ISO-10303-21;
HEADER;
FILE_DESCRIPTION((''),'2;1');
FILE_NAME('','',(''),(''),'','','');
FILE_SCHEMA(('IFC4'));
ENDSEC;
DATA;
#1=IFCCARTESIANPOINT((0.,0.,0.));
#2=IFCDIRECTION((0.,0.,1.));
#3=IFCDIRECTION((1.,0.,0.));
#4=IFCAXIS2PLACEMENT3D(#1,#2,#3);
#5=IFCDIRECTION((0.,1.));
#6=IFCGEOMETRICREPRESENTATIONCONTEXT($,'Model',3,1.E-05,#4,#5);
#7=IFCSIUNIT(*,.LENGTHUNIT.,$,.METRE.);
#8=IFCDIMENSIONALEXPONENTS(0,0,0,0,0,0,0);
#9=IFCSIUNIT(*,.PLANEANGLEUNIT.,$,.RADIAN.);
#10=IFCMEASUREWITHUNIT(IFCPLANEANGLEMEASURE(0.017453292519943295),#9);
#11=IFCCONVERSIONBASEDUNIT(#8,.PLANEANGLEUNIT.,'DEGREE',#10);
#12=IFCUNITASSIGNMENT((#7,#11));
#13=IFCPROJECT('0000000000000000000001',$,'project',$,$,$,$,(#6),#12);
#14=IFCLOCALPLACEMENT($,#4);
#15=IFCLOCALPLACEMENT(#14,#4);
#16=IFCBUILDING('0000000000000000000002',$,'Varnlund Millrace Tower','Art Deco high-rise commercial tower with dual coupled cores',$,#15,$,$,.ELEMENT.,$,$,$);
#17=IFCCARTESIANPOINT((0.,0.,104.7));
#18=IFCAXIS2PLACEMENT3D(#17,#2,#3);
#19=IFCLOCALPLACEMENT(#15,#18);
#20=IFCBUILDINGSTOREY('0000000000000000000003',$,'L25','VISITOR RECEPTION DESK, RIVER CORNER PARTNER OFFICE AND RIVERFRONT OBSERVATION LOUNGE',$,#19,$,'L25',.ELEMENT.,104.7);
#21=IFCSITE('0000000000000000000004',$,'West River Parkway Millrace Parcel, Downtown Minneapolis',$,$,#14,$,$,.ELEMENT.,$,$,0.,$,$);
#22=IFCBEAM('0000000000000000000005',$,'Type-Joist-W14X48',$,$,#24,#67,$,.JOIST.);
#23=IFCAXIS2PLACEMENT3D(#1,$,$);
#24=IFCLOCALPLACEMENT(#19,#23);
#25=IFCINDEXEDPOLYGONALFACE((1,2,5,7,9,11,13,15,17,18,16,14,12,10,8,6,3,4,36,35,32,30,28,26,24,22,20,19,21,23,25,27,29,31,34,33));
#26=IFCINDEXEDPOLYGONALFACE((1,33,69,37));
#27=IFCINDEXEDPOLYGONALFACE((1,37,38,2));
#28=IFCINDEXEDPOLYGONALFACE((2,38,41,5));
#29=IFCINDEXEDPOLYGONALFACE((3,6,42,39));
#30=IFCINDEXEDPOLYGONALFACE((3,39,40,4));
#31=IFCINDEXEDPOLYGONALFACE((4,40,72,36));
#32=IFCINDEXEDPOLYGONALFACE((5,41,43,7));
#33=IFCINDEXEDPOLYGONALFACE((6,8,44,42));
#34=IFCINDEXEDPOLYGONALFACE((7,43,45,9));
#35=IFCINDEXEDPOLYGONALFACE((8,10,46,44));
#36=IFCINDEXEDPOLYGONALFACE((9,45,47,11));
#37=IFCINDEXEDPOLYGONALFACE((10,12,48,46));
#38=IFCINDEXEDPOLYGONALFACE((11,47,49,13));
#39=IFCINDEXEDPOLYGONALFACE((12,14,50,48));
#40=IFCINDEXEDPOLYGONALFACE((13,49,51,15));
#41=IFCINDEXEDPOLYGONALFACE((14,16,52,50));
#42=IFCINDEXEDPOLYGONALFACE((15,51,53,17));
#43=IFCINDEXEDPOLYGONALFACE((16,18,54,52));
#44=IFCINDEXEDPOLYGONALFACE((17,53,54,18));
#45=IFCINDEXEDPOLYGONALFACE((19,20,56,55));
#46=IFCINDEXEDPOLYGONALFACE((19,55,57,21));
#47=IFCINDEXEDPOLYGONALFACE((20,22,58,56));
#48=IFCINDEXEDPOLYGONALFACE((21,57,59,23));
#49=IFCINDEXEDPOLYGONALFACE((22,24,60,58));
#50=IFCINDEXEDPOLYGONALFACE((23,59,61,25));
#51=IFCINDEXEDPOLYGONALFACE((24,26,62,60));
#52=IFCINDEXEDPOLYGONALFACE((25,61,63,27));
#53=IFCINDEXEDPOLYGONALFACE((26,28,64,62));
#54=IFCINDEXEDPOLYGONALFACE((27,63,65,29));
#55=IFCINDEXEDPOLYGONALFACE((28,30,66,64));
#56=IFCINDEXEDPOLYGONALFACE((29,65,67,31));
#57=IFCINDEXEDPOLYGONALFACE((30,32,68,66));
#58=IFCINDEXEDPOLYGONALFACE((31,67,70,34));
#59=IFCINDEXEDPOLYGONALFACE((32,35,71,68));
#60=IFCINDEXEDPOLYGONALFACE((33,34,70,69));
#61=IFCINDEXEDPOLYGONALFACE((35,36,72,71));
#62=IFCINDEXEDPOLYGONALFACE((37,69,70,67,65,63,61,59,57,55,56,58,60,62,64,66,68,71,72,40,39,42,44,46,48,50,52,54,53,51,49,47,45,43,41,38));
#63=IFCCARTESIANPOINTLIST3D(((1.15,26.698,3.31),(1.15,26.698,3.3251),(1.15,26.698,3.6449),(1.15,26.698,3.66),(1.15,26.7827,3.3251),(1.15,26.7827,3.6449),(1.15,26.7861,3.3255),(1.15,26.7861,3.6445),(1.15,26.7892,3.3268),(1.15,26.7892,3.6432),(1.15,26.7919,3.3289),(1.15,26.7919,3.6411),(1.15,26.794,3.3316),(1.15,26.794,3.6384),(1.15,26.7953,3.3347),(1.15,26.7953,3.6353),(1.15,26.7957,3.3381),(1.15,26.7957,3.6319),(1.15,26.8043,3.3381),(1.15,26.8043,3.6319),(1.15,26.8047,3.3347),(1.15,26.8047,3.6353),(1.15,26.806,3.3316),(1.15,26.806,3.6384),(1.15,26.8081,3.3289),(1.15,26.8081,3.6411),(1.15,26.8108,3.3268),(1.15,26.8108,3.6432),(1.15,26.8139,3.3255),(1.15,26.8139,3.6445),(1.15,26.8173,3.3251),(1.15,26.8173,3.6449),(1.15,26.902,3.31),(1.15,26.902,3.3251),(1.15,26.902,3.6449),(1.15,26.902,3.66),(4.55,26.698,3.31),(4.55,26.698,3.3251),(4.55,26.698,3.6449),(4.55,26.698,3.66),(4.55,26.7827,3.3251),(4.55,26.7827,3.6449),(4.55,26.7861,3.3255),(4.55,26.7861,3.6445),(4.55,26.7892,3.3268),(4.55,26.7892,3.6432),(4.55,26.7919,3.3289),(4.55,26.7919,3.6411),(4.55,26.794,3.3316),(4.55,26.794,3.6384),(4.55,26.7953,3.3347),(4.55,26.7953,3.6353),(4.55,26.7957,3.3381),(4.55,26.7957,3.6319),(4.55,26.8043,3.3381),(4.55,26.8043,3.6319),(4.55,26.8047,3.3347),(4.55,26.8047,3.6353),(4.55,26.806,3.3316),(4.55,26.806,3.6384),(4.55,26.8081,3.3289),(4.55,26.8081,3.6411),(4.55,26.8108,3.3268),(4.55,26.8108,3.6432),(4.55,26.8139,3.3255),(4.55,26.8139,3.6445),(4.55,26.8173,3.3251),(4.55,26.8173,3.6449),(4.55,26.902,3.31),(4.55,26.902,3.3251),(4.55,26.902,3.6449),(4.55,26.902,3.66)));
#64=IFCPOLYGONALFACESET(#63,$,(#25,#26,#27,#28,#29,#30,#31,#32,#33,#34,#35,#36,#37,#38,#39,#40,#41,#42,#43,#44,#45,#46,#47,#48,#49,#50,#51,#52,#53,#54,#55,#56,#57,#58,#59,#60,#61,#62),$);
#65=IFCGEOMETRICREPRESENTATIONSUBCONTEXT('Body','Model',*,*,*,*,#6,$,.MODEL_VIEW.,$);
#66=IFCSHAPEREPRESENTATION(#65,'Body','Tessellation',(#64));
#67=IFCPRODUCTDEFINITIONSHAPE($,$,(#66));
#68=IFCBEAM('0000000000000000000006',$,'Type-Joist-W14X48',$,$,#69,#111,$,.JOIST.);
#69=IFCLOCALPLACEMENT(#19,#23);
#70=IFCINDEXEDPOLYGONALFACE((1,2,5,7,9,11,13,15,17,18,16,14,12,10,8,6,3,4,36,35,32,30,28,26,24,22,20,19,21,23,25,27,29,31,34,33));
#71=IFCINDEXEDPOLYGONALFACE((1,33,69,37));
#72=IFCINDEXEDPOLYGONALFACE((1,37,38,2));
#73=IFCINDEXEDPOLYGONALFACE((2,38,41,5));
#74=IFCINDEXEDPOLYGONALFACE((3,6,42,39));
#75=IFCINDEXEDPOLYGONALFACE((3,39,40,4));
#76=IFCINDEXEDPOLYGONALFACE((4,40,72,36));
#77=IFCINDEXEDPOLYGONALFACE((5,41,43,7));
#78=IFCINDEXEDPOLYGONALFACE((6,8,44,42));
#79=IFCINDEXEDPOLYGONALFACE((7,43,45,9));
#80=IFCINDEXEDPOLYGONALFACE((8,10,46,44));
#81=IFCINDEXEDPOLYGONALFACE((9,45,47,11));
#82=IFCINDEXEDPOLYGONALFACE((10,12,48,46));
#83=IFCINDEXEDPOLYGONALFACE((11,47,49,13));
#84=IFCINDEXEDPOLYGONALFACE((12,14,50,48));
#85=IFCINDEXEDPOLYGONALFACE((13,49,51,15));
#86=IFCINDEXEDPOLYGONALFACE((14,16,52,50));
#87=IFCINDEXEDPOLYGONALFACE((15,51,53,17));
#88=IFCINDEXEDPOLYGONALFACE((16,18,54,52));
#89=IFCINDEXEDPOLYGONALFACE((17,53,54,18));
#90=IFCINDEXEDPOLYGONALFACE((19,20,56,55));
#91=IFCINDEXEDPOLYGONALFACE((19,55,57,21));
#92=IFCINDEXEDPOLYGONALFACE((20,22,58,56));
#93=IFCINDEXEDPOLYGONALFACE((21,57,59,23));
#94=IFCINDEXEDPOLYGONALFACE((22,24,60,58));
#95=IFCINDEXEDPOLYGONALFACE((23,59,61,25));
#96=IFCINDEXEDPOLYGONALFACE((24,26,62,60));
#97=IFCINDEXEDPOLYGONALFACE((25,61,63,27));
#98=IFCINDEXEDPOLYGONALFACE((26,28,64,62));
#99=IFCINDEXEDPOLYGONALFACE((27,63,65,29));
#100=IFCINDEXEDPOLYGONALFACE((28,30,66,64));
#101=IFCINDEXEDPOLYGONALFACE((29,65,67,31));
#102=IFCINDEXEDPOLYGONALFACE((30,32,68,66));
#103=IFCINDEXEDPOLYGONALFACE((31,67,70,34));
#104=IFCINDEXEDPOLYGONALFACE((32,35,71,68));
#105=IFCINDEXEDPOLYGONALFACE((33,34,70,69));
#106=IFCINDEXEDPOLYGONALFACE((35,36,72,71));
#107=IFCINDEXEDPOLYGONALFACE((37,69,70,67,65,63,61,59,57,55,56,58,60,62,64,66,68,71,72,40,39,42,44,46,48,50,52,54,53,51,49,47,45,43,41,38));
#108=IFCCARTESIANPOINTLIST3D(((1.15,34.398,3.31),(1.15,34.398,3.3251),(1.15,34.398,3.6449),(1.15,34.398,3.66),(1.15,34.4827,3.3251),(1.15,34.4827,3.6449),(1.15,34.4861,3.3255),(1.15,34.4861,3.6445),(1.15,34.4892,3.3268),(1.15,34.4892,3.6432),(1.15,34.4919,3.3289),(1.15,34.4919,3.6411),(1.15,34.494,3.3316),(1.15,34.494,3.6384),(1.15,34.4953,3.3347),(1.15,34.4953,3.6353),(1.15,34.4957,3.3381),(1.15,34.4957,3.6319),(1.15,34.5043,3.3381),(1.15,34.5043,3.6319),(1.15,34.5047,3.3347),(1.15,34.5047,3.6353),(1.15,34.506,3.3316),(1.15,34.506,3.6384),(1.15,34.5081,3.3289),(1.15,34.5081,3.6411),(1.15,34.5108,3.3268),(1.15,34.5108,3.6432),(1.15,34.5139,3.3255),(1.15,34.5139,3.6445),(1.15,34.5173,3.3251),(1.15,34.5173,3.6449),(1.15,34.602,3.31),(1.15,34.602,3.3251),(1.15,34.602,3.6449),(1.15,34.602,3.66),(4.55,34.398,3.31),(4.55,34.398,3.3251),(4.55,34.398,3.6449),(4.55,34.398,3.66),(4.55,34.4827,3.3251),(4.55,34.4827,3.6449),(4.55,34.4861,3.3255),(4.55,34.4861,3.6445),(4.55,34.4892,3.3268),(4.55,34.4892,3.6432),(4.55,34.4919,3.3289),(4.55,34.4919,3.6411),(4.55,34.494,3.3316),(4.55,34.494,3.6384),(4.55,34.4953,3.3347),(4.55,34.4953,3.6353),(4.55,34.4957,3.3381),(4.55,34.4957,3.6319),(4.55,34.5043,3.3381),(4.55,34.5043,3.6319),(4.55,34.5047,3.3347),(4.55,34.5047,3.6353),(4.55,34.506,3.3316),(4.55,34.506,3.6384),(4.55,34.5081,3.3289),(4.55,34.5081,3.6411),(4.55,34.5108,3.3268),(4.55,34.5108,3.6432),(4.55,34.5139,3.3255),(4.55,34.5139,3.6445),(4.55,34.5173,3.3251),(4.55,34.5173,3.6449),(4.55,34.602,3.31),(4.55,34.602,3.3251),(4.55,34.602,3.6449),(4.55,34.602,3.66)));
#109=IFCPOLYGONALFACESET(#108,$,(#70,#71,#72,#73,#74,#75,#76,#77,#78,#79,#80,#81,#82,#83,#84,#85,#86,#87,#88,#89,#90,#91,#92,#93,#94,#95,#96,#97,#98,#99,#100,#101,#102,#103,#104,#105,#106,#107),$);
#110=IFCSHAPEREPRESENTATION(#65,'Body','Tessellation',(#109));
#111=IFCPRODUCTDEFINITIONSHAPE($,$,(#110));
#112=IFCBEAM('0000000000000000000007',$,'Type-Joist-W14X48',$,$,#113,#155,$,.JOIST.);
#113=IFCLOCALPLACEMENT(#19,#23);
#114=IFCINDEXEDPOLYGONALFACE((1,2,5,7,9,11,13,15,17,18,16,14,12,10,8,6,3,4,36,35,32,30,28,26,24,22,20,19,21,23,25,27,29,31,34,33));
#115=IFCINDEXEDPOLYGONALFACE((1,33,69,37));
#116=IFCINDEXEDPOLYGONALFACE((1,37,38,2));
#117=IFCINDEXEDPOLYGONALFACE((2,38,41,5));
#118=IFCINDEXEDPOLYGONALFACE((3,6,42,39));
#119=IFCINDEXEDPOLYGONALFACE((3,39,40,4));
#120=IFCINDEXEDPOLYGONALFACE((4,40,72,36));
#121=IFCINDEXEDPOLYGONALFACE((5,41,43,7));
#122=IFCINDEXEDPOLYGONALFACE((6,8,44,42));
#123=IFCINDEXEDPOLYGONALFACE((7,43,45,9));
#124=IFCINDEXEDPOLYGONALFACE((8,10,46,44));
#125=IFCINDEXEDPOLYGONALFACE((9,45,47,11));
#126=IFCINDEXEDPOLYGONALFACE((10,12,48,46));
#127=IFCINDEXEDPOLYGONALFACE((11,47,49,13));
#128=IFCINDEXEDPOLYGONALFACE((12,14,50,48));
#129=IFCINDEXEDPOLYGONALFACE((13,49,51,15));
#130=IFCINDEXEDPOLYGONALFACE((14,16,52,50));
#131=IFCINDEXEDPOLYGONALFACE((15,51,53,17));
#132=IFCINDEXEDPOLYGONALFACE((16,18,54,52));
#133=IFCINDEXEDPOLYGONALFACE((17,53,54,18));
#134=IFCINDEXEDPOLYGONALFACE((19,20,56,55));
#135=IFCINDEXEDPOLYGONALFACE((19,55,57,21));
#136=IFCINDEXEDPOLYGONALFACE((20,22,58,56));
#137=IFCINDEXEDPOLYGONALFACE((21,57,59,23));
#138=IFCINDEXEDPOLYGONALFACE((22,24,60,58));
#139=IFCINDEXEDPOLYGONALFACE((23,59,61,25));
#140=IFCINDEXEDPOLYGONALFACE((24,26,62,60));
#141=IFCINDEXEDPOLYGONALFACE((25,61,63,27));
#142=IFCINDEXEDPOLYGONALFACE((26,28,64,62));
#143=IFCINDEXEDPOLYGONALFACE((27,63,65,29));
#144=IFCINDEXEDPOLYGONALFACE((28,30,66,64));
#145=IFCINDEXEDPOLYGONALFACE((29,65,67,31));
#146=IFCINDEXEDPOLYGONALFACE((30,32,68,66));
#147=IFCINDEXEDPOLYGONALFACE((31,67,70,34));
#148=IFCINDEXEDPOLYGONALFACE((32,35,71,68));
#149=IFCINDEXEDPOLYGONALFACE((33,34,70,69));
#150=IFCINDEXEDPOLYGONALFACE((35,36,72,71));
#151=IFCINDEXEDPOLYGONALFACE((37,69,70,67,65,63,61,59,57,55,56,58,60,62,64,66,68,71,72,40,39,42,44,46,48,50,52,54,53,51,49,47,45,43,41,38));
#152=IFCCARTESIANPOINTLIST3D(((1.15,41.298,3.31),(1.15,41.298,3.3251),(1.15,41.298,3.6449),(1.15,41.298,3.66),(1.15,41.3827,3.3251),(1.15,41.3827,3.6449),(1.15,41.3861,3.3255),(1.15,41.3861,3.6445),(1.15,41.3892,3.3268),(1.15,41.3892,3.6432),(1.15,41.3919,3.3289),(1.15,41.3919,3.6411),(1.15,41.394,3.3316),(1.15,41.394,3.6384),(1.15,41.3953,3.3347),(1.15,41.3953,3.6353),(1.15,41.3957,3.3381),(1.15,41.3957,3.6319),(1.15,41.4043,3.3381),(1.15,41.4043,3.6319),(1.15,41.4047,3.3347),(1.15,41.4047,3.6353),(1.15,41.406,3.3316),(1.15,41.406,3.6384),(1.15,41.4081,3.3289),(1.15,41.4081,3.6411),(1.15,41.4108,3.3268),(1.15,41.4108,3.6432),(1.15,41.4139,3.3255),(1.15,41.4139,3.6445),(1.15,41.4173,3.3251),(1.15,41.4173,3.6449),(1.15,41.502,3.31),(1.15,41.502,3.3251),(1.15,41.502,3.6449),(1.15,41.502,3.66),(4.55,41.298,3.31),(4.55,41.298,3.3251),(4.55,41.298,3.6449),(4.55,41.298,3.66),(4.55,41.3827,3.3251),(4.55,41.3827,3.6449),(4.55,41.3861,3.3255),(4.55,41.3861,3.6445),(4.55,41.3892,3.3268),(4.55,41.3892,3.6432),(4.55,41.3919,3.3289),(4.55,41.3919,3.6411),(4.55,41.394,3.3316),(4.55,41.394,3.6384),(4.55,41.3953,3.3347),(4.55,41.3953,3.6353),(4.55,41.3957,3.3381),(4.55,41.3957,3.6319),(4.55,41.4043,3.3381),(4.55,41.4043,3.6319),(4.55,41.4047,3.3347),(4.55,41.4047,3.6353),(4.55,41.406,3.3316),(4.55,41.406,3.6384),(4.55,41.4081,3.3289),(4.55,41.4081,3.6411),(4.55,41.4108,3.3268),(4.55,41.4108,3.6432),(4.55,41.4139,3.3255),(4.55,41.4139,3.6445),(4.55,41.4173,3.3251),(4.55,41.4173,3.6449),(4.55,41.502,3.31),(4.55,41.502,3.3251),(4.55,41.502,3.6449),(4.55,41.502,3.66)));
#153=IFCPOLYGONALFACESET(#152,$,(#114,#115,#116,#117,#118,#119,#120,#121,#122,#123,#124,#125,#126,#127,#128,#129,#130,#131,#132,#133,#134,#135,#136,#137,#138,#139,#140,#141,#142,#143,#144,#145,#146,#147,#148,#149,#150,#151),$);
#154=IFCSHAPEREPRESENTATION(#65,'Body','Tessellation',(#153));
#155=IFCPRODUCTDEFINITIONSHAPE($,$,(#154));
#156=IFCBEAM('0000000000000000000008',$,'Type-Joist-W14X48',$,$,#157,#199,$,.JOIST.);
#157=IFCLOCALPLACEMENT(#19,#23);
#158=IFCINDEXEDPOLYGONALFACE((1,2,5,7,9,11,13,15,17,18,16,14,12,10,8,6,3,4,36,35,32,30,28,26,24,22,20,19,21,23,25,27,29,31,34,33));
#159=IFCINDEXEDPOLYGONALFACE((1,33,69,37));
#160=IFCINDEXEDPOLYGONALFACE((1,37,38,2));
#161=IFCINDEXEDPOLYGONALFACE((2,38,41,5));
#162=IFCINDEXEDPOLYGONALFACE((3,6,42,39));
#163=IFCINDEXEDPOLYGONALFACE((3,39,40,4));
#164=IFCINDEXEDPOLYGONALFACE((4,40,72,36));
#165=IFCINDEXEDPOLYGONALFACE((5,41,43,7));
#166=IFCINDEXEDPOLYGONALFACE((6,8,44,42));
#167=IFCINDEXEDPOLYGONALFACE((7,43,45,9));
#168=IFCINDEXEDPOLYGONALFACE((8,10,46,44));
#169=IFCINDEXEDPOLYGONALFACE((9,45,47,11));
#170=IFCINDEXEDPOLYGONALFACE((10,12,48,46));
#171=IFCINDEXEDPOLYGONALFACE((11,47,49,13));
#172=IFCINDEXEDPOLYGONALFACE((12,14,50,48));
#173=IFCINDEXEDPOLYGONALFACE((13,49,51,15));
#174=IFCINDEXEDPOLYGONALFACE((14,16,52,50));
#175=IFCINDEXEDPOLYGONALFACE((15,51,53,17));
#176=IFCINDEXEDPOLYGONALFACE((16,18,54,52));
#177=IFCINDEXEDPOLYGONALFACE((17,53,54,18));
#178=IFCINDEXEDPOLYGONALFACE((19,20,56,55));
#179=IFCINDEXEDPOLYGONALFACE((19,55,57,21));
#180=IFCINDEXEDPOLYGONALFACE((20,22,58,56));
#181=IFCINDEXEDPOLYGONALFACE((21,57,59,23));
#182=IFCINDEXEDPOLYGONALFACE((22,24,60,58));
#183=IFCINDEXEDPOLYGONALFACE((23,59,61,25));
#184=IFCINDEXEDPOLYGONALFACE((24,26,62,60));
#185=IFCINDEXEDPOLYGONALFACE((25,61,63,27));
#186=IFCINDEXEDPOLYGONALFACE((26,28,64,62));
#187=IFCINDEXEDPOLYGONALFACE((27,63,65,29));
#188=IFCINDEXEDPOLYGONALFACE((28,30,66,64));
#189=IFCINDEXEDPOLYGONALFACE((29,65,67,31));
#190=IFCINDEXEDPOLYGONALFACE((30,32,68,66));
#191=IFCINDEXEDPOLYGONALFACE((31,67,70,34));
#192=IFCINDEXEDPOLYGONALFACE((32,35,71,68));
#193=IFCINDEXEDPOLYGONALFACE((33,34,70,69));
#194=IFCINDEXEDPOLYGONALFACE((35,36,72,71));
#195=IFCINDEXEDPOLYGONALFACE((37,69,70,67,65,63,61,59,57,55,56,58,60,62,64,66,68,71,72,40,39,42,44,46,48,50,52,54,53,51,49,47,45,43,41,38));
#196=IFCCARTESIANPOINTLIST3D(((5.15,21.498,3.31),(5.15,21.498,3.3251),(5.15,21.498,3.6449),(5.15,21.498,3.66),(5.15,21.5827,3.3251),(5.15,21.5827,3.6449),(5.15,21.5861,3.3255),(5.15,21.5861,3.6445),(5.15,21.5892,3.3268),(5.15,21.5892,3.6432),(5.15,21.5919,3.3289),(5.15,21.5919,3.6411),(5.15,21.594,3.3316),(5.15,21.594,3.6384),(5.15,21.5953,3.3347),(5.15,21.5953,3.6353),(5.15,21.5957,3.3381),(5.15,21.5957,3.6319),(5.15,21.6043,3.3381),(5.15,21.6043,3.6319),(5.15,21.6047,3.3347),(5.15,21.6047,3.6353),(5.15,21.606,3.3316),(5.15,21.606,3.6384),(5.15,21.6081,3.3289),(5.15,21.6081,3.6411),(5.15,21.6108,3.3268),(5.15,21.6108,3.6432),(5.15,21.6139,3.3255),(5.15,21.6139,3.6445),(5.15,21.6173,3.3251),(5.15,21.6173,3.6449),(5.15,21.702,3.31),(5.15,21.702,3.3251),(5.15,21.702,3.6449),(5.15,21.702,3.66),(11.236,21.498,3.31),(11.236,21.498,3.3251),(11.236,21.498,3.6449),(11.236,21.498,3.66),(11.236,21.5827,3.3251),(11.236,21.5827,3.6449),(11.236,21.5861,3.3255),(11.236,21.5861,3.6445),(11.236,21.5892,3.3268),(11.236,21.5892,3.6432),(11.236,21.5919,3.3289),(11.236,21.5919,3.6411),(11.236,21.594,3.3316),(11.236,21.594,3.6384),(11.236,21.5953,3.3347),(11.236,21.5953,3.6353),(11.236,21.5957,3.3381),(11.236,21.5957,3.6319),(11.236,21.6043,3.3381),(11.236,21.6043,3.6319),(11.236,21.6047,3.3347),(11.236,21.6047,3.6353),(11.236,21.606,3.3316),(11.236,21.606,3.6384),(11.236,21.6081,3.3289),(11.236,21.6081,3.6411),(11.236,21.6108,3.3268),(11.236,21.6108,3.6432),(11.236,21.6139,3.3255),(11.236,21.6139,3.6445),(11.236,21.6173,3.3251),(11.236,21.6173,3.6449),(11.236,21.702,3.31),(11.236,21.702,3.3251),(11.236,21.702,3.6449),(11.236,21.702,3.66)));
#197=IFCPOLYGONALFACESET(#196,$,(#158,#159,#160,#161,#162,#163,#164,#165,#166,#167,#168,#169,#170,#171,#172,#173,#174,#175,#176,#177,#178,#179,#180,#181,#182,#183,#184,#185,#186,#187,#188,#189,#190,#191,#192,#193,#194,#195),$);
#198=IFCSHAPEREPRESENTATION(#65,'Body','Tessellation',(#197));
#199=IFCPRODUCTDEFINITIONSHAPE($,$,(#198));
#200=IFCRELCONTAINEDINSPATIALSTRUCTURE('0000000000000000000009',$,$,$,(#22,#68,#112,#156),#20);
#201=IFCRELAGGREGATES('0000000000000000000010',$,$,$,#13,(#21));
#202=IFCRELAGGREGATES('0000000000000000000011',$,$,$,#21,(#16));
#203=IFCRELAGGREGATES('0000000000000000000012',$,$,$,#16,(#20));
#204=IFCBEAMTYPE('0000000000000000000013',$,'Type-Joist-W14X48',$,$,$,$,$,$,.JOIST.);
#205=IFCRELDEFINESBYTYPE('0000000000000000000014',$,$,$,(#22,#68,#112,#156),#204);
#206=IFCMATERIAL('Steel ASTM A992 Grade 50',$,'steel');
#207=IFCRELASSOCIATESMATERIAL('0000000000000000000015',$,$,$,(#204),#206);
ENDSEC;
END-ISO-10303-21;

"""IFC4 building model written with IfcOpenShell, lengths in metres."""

from ifc_helpers import new_model, entity, si_unit, converted_unit, direction, frame, origin_with_axes, origin_2d_with_axis, place, context, subcontext, project, spatial, i_section, extrude, material, material_profile, profile_set, type_object, element, save


model = new_model("IFC4")

# Units and contexts
model_context = context("Model", 3, precision=1e-05, world=origin_with_axes(), true_north=direction((0.0, 1.0)))
body_context = subcontext(model_context, "Body", "Model", "MODEL_VIEW")
ifc_project = project(units=[si_unit("LENGTHUNIT", "METRE"), converted_unit("PLANEANGLEUNIT", "DEGREE", entity("IfcPlaneAngleMeasure", 0.017453292519943295), si_unit("PLANEANGLEUNIT", "RADIAN"), dimensions=[0, 0, 0, 0, 0, 0, 0])], contexts=[model_context])

# Site, building, storey
site_placement = place(None, origin_with_axes())
site = spatial("IfcSite", under=ifc_project, at=site_placement, Name="West River Parkway Millrace Parcel, Downtown Minneapolis", CompositionType="ELEMENT", RefElevation=0.0)
building_placement = place(site_placement, origin_with_axes())
building = spatial("IfcBuilding", under=site, at=building_placement, Name="Varnlund Millrace Tower", Description="Art Deco high-rise commercial tower with dual coupled cores", CompositionType="ELEMENT")
storey_placement = place(building_placement, frame((0.0, 0.0, 104.7), z_axis=(0.0, 0.0, 1.0), x_axis=(1.0, 0.0, 0.0)))
storey = spatial("IfcBuildingStorey", under=building, at=storey_placement, Name="L25", Description="VISITOR RECEPTION DESK, RIVER CORNER PARTNER OFFICE AND RIVERFRONT OBSERVATION LOUNGE", LongName="L25", CompositionType="ELEMENT", Elevation=104.7)

# Beams
ifc_material_1 = material(Name="Steel ASTM A992 Grade 50", Category="steel")
ifc_material_profile_1 = material_profile(ifc_material_1, i_section(OverallWidth=0.204, OverallDepth=0.35, WebThickness=0.0086, FlangeThickness=0.0151, FilletRadius=0.013, at=origin_2d_with_axis()), Name="Steel ASTM A992 Grade 50")
ifc_profile_set_1 = profile_set([ifc_material_profile_1], Name="Steel ASTM A992 Grade 50")
beam_type_1 = type_object("IfcBeamType", Name="Type-Joist-W14X48", PredefinedType="JOIST", material=ifc_profile_set_1)
for number, where, z_axis, x_axis, name in (
    (1, (1.15, 26.8, 3.485), (1.0, 0.0, 0.0), (0.0, 1.0, 0.0), "Type-Joist-W14X48"),
    (2, (1.15, 34.5, 3.485), (1.0, 0.0, 0.0), (0.0, 1.0, 0.0), "Type-Joist-W14X48"),
    (3, (1.15, 41.4, 3.485), (1.0, 0.0, 0.0), (0.0, 1.0, 0.0), "Type-Joist-W14X48"),
):
    element("IfcBeam", number, at=place(storey_placement, frame(where, z_axis=z_axis, x_axis=x_axis)), inside=storey, type_object=beam_type_1, Name=name, PredefinedType="JOIST", context=body_context, shape_type="SweptSolid", body=[
        extrude(i_section(OverallWidth=0.204, OverallDepth=0.35, WebThickness=0.0086, FlangeThickness=0.0151, FilletRadius=0.013, at=origin_2d_with_axis()), origin_with_axes(), (0.0, 0.0, 1.0), 3.4),
    ])
for number, where, z_axis, x_axis, name in (
    (4, (5.15, 21.6, 3.485), (1.0, 0.0, 0.0), (0.0, 1.0, 0.0), "Type-Joist-W14X48"),
):
    element("IfcBeam", number, at=place(storey_placement, frame(where, z_axis=z_axis, x_axis=x_axis)), inside=storey, type_object=beam_type_1, Name=name, PredefinedType="JOIST", context=body_context, shape_type="SweptSolid", body=[
        extrude(i_section(OverallWidth=0.204, OverallDepth=0.35, WebThickness=0.0086, FlangeThickness=0.0151, FilletRadius=0.013, at=origin_2d_with_axis()), origin_with_axes(), (0.0, 0.0, 1.0), 6.086),
    ])

save(model, "model.ifc")
